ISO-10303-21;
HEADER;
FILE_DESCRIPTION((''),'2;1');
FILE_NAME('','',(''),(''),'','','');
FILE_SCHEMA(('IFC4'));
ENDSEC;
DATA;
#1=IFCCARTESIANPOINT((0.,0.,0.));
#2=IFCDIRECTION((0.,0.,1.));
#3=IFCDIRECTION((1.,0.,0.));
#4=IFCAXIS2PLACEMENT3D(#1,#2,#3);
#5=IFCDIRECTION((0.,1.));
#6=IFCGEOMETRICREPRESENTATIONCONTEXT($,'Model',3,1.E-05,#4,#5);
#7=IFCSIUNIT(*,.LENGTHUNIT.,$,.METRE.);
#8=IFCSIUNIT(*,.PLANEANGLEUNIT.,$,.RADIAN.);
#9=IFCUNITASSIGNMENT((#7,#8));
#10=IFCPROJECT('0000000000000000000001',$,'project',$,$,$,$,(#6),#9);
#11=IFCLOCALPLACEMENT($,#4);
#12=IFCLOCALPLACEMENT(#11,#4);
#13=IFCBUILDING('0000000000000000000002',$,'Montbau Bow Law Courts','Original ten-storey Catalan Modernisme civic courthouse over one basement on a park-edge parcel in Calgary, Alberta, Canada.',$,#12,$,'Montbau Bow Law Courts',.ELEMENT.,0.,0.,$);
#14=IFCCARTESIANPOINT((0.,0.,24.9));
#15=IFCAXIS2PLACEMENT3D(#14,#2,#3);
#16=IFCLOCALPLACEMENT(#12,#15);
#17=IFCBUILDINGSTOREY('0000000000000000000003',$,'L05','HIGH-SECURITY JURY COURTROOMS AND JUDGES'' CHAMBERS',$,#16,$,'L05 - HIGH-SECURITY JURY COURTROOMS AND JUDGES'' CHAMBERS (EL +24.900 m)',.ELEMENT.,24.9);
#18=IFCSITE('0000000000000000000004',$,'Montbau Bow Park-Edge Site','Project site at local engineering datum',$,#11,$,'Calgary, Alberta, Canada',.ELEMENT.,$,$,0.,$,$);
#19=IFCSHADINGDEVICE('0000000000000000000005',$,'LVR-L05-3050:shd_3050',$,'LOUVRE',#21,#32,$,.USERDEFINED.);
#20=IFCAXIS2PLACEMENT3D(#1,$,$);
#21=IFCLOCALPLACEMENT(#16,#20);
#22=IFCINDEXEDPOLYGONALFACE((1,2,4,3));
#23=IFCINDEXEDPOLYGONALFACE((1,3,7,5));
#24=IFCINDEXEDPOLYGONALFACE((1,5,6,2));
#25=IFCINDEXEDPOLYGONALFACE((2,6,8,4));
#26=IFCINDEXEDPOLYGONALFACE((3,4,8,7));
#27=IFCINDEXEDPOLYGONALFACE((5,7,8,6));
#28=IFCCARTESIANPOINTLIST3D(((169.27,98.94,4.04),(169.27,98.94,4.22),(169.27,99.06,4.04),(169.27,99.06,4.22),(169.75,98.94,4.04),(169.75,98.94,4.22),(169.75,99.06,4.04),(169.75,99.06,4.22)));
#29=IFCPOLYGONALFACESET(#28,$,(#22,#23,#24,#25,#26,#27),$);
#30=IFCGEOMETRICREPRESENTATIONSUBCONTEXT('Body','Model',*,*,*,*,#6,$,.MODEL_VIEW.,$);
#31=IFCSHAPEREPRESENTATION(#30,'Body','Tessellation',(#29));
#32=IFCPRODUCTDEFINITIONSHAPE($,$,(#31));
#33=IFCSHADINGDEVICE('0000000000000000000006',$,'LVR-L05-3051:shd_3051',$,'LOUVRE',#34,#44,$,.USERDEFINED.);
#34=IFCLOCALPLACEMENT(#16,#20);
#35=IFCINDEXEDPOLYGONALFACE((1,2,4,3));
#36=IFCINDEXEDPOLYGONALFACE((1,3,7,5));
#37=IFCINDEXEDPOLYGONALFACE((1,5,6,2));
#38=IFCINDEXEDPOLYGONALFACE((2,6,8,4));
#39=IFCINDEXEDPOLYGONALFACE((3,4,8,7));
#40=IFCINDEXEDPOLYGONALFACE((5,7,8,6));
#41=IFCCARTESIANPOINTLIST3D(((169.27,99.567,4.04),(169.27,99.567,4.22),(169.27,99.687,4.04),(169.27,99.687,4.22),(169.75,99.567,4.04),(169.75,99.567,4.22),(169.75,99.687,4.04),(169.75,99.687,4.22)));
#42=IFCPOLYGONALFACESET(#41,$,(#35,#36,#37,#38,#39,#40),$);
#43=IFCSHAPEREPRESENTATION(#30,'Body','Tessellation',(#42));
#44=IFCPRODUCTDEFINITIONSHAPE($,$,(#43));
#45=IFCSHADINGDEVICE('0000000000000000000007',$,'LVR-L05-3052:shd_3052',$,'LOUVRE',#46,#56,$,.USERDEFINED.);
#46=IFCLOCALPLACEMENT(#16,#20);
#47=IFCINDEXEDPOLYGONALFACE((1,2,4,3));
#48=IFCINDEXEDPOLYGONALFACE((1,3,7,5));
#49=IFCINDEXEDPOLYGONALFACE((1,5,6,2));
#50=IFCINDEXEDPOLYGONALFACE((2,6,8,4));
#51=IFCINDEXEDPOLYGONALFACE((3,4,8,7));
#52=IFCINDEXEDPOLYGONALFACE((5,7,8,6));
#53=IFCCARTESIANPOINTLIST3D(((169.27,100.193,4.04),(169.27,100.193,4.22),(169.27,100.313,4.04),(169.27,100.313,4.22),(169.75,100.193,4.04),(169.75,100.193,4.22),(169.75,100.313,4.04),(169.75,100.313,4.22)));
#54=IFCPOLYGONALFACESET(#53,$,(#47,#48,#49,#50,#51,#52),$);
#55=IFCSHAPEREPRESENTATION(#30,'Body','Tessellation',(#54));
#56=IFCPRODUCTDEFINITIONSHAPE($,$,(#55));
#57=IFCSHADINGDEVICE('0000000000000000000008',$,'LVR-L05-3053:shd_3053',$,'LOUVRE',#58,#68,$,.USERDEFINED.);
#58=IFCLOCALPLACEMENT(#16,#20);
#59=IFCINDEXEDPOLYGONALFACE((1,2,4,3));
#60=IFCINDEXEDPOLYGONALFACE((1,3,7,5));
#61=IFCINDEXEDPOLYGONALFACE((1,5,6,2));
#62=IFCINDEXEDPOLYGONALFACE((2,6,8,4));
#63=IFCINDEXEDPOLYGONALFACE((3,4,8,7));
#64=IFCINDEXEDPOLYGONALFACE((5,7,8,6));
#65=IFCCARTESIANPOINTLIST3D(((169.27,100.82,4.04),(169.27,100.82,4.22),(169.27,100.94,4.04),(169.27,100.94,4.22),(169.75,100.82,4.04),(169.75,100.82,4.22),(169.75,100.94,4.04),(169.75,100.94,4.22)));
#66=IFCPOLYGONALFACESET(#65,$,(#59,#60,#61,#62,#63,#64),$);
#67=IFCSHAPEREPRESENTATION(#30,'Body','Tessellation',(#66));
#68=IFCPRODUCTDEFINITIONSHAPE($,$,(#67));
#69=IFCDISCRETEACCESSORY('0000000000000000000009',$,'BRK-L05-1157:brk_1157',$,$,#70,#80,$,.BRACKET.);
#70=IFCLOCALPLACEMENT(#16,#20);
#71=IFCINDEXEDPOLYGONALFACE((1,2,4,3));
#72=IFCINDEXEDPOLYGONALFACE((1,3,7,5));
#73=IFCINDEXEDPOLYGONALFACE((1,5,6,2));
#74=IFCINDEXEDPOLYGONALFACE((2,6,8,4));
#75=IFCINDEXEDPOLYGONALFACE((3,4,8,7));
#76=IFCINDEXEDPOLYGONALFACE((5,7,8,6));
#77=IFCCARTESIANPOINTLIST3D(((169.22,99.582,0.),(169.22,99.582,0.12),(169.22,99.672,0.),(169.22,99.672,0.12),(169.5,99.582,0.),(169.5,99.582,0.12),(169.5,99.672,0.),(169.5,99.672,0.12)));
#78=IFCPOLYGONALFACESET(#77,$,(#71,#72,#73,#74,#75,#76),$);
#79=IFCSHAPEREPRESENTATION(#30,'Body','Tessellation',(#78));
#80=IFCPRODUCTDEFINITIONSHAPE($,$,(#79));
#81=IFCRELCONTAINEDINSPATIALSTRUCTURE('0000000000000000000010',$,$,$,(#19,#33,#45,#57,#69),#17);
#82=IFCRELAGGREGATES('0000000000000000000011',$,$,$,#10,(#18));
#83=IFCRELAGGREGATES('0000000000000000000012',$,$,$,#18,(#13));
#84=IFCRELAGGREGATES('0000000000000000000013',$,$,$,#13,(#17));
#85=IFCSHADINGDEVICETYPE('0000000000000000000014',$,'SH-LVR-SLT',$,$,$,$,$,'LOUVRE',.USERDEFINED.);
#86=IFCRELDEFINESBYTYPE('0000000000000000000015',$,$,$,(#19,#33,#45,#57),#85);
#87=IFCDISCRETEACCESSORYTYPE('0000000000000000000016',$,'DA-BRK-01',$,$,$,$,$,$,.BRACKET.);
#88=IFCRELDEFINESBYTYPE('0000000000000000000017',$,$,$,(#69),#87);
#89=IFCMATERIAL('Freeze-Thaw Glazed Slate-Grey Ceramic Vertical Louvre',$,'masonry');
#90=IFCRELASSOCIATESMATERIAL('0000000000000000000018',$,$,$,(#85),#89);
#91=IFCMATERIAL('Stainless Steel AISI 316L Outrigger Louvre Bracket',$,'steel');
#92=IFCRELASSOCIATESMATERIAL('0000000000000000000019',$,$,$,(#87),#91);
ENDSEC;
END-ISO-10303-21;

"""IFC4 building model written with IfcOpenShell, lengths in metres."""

from ifc_helpers import new_model, si_unit, direction, frame, origin_with_axes, origin_2d_with_axis, place, context, subcontext, project, spatial, rectangle, extrude, material, type_object, element, save


model = new_model("IFC4")

# Units and contexts
model_context = context("Model", 3, precision=1e-05, world=origin_with_axes(), true_north=direction((0.0, 1.0)))
body_context = subcontext(model_context, "Body", "Model", "MODEL_VIEW")
ifc_project = project(units=[si_unit("LENGTHUNIT", "METRE"), si_unit("PLANEANGLEUNIT", "RADIAN")], contexts=[model_context])

# Site, building, storey
site_placement = place(None, origin_with_axes())
site = spatial("IfcSite", under=ifc_project, at=site_placement, Name="Montbau Bow Park-Edge Site", Description="Project site at local engineering datum", LongName="Calgary, Alberta, Canada", CompositionType="ELEMENT", RefElevation=0.0)
building_placement = place(site_placement, origin_with_axes())
building = spatial("IfcBuilding", under=site, at=building_placement, Name="Montbau Bow Law Courts", Description="Original ten-storey Catalan Modernisme civic courthouse over one basement on a park-edge parcel in Calgary, Alberta, Canada.", LongName="Montbau Bow Law Courts", CompositionType="ELEMENT", ElevationOfRefHeight=0.0, ElevationOfTerrain=0.0)
storey_placement = place(building_placement, frame((0.0, 0.0, 24.9), z_axis=(0.0, 0.0, 1.0), x_axis=(1.0, 0.0, 0.0)))
storey = spatial("IfcBuildingStorey", under=building, at=storey_placement, Name="L05", Description="HIGH-SECURITY JURY COURTROOMS AND JUDGES' CHAMBERS", LongName="L05 - HIGH-SECURITY JURY COURTROOMS AND JUDGES' CHAMBERS (EL +24.900 m)", CompositionType="ELEMENT", Elevation=24.9)

# Shared definitions
ifc_material_1 = material(Name="Freeze-Thaw Glazed Slate-Grey Ceramic Vertical Louvre", Category="masonry")

# Shading devices
shading_device_type = type_object("IfcShadingDeviceType", Name="SH-LVR-SLT", ElementType="LOUVRE", PredefinedType="USERDEFINED", material=ifc_material_1)
for number, where, z_axis, x_axis, name in (
    (1, (169.51, 99.0, 28.94), (0.0, 0.0, 1.0), (1.0, 0.0, 0.0), "LVR-L05-3050:shd_3050"),
    (2, (169.51, 99.627, 28.94), (0.0, 0.0, 1.0), (1.0, 0.0, 0.0), "LVR-L05-3051:shd_3051"),
    (3, (169.51, 100.253, 28.94), (0.0, 0.0, 1.0), (1.0, 0.0, 0.0), "LVR-L05-3052:shd_3052"),
    (4, (169.51, 100.88, 28.94), (0.0, 0.0, 1.0), (1.0, 0.0, 0.0), "LVR-L05-3053:shd_3053"),
):
    element("IfcShadingDevice", number, at=place(None, frame(where, z_axis=z_axis, x_axis=x_axis)), inside=storey, type_object=shading_device_type, Name=name, ObjectType="LOUVRE", PredefinedType="USERDEFINED", context=body_context, shape_type="SweptSolid", body=[
        extrude(rectangle(XDim=0.48, YDim=0.12, at=origin_2d_with_axis()), origin_with_axes(), (0.0, 0.0, 1.0), 0.18),
    ])

# Discrete accessory
ifc_material_2 = material(Name="Stainless Steel AISI 316L Outrigger Louvre Bracket", Category="steel")
discrete_accessory_type = type_object("IfcDiscreteAccessoryType", Name="DA-BRK-01", PredefinedType="BRACKET", material=ifc_material_2)
discrete_accessory_placement = place(None, frame((169.36, 99.627, 24.9), z_axis=(0.0, 0.0, 1.0), x_axis=(1.0, 0.0, 0.0)))
element("IfcDiscreteAccessory", 5, at=discrete_accessory_placement, inside=storey, type_object=discrete_accessory_type, Name="BRK-L05-1157:brk_1157", PredefinedType="BRACKET", context=body_context, shape_type="SweptSolid", body=[
    extrude(rectangle(XDim=0.28, YDim=0.09, at=origin_2d_with_axis()), origin_with_axes(), (0.0, 0.0, 1.0), 0.12),
])

save(model, "model.ifc")
